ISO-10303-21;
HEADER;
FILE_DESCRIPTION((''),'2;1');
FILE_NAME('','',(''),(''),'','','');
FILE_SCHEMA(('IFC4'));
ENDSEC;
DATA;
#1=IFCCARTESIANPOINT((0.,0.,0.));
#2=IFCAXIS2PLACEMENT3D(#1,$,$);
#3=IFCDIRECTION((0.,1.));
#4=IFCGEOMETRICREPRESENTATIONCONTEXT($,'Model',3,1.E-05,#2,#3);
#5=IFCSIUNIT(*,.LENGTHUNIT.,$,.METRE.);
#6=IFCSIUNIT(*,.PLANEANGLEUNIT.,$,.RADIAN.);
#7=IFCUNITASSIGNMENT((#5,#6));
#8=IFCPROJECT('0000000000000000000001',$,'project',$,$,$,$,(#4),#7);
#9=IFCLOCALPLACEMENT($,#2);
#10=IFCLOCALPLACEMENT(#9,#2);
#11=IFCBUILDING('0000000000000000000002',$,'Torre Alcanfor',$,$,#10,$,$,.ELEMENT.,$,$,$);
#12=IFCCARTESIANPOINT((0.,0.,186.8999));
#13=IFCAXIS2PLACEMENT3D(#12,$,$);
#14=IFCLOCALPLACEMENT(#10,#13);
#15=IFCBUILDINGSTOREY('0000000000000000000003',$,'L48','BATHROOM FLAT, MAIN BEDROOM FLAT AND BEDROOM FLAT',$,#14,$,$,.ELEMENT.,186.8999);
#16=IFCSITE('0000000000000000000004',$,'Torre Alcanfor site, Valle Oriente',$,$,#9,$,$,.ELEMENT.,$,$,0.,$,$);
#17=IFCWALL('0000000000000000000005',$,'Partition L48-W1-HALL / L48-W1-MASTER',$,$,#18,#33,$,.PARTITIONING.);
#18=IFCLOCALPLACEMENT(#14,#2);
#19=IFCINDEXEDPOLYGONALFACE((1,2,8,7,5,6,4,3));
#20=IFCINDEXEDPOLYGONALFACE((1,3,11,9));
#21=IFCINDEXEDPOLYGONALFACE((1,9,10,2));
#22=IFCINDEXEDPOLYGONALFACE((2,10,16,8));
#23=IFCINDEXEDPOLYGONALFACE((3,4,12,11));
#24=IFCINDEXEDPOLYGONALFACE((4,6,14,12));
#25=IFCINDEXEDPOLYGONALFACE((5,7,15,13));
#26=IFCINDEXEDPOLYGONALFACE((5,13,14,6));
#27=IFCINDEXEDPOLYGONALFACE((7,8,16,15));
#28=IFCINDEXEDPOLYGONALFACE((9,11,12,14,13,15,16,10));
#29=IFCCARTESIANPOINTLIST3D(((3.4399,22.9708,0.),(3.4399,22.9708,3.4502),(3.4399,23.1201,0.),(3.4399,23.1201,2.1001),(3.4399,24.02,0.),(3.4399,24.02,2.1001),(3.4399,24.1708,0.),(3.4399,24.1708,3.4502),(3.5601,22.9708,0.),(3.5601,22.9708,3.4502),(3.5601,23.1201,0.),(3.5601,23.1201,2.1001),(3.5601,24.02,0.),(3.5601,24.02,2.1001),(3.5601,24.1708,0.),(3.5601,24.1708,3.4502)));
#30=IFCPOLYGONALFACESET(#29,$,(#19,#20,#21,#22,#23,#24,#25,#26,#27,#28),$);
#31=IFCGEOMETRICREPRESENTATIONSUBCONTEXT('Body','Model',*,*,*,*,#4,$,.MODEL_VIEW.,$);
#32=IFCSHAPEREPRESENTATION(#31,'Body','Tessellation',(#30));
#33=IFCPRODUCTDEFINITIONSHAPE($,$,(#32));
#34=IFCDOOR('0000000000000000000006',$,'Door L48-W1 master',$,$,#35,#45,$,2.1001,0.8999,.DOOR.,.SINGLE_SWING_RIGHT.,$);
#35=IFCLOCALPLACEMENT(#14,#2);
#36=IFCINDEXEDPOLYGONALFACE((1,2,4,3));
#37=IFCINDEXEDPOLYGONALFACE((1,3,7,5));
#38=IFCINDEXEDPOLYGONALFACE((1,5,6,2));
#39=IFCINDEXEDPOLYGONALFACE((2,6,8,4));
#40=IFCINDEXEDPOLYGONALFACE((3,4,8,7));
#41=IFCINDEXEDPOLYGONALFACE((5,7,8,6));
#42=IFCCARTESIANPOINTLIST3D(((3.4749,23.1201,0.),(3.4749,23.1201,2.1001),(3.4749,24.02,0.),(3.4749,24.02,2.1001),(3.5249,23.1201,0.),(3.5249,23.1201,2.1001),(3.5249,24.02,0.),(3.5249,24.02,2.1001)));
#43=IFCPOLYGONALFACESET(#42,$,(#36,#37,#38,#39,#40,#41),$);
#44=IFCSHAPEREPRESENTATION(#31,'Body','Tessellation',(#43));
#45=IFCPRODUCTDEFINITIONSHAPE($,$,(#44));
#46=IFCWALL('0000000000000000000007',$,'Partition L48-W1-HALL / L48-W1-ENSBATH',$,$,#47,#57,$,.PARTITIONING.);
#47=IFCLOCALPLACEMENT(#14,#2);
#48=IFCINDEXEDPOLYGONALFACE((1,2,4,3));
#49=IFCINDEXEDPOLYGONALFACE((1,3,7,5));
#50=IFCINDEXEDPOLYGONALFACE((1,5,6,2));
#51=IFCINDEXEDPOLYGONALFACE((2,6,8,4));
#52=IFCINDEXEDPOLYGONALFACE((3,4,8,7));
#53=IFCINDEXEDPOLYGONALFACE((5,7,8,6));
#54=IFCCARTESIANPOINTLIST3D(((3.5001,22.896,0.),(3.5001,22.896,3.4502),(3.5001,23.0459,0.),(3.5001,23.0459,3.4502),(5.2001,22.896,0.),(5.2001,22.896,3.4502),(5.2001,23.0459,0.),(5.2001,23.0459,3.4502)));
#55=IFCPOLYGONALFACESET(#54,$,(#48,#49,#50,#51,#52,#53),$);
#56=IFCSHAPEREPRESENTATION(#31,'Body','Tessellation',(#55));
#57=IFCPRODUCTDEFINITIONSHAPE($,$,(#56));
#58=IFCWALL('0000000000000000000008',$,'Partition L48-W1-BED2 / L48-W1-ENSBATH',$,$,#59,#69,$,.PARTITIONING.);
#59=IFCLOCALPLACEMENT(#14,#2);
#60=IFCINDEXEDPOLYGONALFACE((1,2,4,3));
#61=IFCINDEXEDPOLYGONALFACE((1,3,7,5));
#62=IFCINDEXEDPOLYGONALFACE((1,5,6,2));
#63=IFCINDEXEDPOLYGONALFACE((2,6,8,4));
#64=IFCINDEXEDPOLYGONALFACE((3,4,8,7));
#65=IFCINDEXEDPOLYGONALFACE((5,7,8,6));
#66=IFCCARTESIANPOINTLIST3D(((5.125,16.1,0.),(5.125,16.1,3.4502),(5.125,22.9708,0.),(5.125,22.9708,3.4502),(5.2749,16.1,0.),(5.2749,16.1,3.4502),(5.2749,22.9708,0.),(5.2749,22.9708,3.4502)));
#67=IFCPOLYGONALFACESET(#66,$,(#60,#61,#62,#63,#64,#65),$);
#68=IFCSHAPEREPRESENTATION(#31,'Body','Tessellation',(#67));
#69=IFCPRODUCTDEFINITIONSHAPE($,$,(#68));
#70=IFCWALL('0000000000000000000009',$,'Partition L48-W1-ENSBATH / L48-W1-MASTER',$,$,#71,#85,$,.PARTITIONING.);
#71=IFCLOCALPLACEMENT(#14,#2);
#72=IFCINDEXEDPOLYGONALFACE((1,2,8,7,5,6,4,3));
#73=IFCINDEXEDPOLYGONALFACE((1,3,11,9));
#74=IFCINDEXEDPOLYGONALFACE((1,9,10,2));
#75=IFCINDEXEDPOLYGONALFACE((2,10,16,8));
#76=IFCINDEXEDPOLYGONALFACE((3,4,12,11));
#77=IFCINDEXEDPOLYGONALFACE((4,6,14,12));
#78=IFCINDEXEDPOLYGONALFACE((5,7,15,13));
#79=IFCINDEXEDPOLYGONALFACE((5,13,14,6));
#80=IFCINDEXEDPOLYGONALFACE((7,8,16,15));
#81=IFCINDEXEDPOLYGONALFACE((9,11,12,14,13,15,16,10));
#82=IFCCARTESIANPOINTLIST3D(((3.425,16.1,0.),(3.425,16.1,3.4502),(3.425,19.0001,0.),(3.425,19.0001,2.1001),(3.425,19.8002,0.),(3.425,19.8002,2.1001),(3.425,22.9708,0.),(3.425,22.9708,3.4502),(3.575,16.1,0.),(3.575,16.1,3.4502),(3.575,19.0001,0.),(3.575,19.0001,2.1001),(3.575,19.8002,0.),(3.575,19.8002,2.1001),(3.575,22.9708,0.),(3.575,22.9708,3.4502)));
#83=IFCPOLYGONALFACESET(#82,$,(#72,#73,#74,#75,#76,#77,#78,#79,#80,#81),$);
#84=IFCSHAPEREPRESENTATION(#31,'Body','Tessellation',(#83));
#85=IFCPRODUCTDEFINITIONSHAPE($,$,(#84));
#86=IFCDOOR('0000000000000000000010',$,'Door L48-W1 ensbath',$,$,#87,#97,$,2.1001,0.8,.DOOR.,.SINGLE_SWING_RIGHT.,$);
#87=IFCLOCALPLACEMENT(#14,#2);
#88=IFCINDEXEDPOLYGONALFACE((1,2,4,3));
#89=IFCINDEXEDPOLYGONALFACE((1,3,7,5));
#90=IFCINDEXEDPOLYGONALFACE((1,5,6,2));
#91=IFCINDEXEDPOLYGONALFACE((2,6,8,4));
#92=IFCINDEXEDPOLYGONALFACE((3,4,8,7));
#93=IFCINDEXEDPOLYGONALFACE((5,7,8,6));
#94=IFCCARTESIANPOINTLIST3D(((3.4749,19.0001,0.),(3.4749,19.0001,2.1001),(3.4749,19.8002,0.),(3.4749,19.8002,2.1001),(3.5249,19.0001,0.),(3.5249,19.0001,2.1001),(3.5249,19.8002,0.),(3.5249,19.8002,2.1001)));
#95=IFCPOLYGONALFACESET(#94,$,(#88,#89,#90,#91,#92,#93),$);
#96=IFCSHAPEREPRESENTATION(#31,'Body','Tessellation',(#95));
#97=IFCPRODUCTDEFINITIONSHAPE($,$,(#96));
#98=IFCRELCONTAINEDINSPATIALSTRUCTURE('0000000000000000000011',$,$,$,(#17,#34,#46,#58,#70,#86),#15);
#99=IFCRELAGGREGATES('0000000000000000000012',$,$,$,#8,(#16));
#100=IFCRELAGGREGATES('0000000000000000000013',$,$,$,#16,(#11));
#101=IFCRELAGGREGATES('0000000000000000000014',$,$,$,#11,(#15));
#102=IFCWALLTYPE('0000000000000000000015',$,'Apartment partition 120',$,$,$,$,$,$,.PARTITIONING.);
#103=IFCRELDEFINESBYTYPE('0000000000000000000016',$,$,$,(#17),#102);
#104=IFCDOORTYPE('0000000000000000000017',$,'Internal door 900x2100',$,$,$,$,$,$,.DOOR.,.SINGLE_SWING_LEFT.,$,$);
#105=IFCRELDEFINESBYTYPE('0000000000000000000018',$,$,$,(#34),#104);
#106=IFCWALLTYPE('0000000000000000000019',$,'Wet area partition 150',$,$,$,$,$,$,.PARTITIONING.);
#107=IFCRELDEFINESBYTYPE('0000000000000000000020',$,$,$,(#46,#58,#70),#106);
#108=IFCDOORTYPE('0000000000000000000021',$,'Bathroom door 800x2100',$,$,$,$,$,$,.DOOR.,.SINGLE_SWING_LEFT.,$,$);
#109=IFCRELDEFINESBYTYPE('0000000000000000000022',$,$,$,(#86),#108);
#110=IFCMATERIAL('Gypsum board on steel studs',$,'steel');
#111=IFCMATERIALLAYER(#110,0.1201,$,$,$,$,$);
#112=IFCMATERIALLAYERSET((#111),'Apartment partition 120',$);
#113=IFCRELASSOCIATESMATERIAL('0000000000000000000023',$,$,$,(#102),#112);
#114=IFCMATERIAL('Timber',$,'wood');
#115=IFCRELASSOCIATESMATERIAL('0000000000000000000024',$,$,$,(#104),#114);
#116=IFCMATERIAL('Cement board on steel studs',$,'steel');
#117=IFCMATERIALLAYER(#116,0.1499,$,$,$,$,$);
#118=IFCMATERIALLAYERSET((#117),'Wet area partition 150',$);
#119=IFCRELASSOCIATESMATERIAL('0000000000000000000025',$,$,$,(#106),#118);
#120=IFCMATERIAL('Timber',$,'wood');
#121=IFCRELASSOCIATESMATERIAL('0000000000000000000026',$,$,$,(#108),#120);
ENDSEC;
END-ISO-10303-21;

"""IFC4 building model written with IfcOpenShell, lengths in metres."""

from ifc_helpers import new_model, si_unit, direction, frame, frame_2d, origin, place, context, subcontext, project, spatial, rectangle, extrude, material, layer, layer_set, type_object, element, fill, save


model = new_model("IFC4")

# Units and contexts
model_context = context("Model", 3, precision=1e-05, world=origin(), true_north=direction((0.0, 1.0)))
body_context = subcontext(model_context, "Body", "Model", "MODEL_VIEW")
ifc_project = project(units=[si_unit("LENGTHUNIT", "METRE"), si_unit("PLANEANGLEUNIT", "RADIAN")], contexts=[model_context])

# Site, building, storey
site_placement = place(None, origin())
site = spatial("IfcSite", under=ifc_project, at=site_placement, Name="Torre Alcanfor site, Valle Oriente", CompositionType="ELEMENT", RefElevation=0.0)
building_placement = place(site_placement, origin())
building = spatial("IfcBuilding", under=site, at=building_placement, Name="Torre Alcanfor", CompositionType="ELEMENT")
storey_placement = place(building_placement, frame((0.0, 0.0, 186.8999)))
storey = spatial("IfcBuildingStorey", under=building, at=storey_placement, Name="L48", Description="BATHROOM FLAT, MAIN BEDROOM FLAT AND BEDROOM FLAT", CompositionType="ELEMENT", Elevation=186.8999)

# Shared definitions
ifc_material_1 = material(Name="Gypsum board on steel studs", Category="steel")
ifc_layer_1 = layer(ifc_material_1, 0.1201)
ifc_layer_set_1 = layer_set([ifc_layer_1], Name="Apartment partition 120")
wall_type_1 = type_object("IfcWallType", Name="Apartment partition 120", PredefinedType="PARTITIONING", material=ifc_layer_set_1)

# Shared definitions
ifc_material_2 = material(Name="Timber", Category="wood")
door_type_1 = type_object("IfcDoorType", Name="Internal door 900x2100", OperationType="SINGLE_SWING_LEFT", PredefinedType="DOOR", material=ifc_material_2)

# Wall, opening, door
wall_1_placement = place(storey_placement, frame((3.5, 24.1709, 0.0), z_axis=(0.0, 0.0, 1.0), x_axis=(0.0, -1.0, 0.0)))
wall_1 = element("IfcWall", 1, at=wall_1_placement, inside=storey, type_object=wall_type_1, Name="Partition L48-W1-HALL / L48-W1-MASTER", PredefinedType="PARTITIONING", context=body_context, shape_type="SweptSolid", body=[
    extrude(rectangle(XDim=1.2, YDim=0.1201, at=frame_2d((0.6001, 0.0))), origin(), (0.0, 0.0, 1.0), 3.4502),
])
opening_1_placement = place(wall_1_placement, frame((0.1509, 0.0, 0.0)))
opening_1 = element("IfcOpeningElement", 2, at=opening_1_placement, cuts=wall_1, PredefinedType="OPENING", context=body_context, shape_type="SweptSolid", body=[
    extrude(rectangle(XDim=0.8999, YDim=2.1001, at=frame_2d((0.45, 1.05))), frame((0.0, 0.0701, 0.0), z_axis=(0.0, -1.0, 0.0), x_axis=(1.0, 0.0, 0.0)), (0.0, 0.0, 1.0), 0.1401),
])
door_1_placement = place(opening_1_placement, frame((0.8999, 0.0, 0.0), z_axis=(0.0, 0.0, 1.0), x_axis=(-1.0, 0.0, 0.0)))
door_1 = element("IfcDoor", 3, at=door_1_placement, inside=storey, type_object=door_type_1, Name="Door L48-W1 master", OperationType="SINGLE_SWING_RIGHT", OverallHeight=2.1001, OverallWidth=0.8999, PredefinedType="DOOR", context=body_context, shape_type="SweptSolid", body=[
    extrude(rectangle(XDim=0.8999, YDim=2.1001, at=frame_2d((0.45, 1.05))), frame((0.0, 0.0251, 0.0), z_axis=(0.0, -1.0, 0.0), x_axis=(1.0, 0.0, 0.0)), (0.0, 0.0, 1.0), 0.05),
])
fill(opening_1, door_1)

# Walls
ifc_material_3 = material(Name="Cement board on steel studs", Category="steel")
ifc_layer_2 = layer(ifc_material_3, 0.1499)
ifc_layer_set_2 = layer_set([ifc_layer_2], Name="Wet area partition 150")
wall_type_2 = type_object("IfcWallType", Name="Wet area partition 150", PredefinedType="PARTITIONING", material=ifc_layer_set_2)
wall_2_placement = place(storey_placement, frame((3.5, 22.9709, 0.0), z_axis=(0.0, 0.0, 1.0), x_axis=(1.0, 0.0, 0.0)))
element("IfcWall", 4, at=wall_2_placement, inside=storey, type_object=wall_type_2, Name="Partition L48-W1-HALL / L48-W1-ENSBATH", PredefinedType="PARTITIONING", context=body_context, shape_type="SweptSolid", body=[
    extrude(rectangle(XDim=1.7, YDim=0.1499, at=frame_2d((0.8501, 0.0))), origin(), (0.0, 0.0, 1.0), 3.4502),
])
wall_3_placement = place(storey_placement, frame((5.2, 22.9709, 0.0), z_axis=(0.0, 0.0, 1.0), x_axis=(0.0, -1.0, 0.0)))
element("IfcWall", 5, at=wall_3_placement, inside=storey, type_object=wall_type_2, Name="Partition L48-W1-BED2 / L48-W1-ENSBATH", PredefinedType="PARTITIONING", context=body_context, shape_type="SweptSolid", body=[
    extrude(rectangle(XDim=6.8708, YDim=0.1499, at=frame_2d((3.4355, 0.0))), origin(), (0.0, 0.0, 1.0), 3.4502),
])

# Wall, opening, door
wall_4_placement = place(storey_placement, frame((3.5, 22.9709, 0.0), z_axis=(0.0, 0.0, 1.0), x_axis=(0.0, -1.0, 0.0)))
wall_4 = element("IfcWall", 6, at=wall_4_placement, inside=storey, type_object=wall_type_2, Name="Partition L48-W1-ENSBATH / L48-W1-MASTER", PredefinedType="PARTITIONING", context=body_context, shape_type="SweptSolid", body=[
    extrude(rectangle(XDim=6.8708, YDim=0.1499, at=frame_2d((3.4355, 0.0))), origin(), (0.0, 0.0, 1.0), 3.4502),
])
opening_2_placement = place(wall_4_placement, frame((3.1709, 0.0, 0.0)))
opening_2 = element("IfcOpeningElement", 7, at=opening_2_placement, cuts=wall_4, PredefinedType="OPENING", context=body_context, shape_type="SweptSolid", body=[
    extrude(rectangle(XDim=0.8, YDim=2.1001, at=frame_2d((0.3999, 1.05))), frame((0.0, 0.085, 0.0), z_axis=(0.0, -1.0, 0.0), x_axis=(1.0, 0.0, 0.0)), (0.0, 0.0, 1.0), 0.1699),
])
ifc_material_4 = material(Name="Timber", Category="wood")
door_type_2 = type_object("IfcDoorType", Name="Bathroom door 800x2100", OperationType="SINGLE_SWING_LEFT", PredefinedType="DOOR", material=ifc_material_4)
door_2_placement = place(opening_2_placement, origin())
door_2 = element("IfcDoor", 8, at=door_2_placement, inside=storey, type_object=door_type_2, Name="Door L48-W1 ensbath", OperationType="SINGLE_SWING_RIGHT", OverallHeight=2.1001, OverallWidth=0.8, PredefinedType="DOOR", context=body_context, shape_type="SweptSolid", body=[
    extrude(rectangle(XDim=0.8, YDim=2.1001, at=frame_2d((0.3999, 1.05))), frame((0.0, 0.0249, 0.0), z_axis=(0.0, -1.0, 0.0), x_axis=(1.0, 0.0, 0.0)), (0.0, 0.0, 1.0), 0.05),
])
fill(opening_2, door_2)

save(model, "model.ifc")
